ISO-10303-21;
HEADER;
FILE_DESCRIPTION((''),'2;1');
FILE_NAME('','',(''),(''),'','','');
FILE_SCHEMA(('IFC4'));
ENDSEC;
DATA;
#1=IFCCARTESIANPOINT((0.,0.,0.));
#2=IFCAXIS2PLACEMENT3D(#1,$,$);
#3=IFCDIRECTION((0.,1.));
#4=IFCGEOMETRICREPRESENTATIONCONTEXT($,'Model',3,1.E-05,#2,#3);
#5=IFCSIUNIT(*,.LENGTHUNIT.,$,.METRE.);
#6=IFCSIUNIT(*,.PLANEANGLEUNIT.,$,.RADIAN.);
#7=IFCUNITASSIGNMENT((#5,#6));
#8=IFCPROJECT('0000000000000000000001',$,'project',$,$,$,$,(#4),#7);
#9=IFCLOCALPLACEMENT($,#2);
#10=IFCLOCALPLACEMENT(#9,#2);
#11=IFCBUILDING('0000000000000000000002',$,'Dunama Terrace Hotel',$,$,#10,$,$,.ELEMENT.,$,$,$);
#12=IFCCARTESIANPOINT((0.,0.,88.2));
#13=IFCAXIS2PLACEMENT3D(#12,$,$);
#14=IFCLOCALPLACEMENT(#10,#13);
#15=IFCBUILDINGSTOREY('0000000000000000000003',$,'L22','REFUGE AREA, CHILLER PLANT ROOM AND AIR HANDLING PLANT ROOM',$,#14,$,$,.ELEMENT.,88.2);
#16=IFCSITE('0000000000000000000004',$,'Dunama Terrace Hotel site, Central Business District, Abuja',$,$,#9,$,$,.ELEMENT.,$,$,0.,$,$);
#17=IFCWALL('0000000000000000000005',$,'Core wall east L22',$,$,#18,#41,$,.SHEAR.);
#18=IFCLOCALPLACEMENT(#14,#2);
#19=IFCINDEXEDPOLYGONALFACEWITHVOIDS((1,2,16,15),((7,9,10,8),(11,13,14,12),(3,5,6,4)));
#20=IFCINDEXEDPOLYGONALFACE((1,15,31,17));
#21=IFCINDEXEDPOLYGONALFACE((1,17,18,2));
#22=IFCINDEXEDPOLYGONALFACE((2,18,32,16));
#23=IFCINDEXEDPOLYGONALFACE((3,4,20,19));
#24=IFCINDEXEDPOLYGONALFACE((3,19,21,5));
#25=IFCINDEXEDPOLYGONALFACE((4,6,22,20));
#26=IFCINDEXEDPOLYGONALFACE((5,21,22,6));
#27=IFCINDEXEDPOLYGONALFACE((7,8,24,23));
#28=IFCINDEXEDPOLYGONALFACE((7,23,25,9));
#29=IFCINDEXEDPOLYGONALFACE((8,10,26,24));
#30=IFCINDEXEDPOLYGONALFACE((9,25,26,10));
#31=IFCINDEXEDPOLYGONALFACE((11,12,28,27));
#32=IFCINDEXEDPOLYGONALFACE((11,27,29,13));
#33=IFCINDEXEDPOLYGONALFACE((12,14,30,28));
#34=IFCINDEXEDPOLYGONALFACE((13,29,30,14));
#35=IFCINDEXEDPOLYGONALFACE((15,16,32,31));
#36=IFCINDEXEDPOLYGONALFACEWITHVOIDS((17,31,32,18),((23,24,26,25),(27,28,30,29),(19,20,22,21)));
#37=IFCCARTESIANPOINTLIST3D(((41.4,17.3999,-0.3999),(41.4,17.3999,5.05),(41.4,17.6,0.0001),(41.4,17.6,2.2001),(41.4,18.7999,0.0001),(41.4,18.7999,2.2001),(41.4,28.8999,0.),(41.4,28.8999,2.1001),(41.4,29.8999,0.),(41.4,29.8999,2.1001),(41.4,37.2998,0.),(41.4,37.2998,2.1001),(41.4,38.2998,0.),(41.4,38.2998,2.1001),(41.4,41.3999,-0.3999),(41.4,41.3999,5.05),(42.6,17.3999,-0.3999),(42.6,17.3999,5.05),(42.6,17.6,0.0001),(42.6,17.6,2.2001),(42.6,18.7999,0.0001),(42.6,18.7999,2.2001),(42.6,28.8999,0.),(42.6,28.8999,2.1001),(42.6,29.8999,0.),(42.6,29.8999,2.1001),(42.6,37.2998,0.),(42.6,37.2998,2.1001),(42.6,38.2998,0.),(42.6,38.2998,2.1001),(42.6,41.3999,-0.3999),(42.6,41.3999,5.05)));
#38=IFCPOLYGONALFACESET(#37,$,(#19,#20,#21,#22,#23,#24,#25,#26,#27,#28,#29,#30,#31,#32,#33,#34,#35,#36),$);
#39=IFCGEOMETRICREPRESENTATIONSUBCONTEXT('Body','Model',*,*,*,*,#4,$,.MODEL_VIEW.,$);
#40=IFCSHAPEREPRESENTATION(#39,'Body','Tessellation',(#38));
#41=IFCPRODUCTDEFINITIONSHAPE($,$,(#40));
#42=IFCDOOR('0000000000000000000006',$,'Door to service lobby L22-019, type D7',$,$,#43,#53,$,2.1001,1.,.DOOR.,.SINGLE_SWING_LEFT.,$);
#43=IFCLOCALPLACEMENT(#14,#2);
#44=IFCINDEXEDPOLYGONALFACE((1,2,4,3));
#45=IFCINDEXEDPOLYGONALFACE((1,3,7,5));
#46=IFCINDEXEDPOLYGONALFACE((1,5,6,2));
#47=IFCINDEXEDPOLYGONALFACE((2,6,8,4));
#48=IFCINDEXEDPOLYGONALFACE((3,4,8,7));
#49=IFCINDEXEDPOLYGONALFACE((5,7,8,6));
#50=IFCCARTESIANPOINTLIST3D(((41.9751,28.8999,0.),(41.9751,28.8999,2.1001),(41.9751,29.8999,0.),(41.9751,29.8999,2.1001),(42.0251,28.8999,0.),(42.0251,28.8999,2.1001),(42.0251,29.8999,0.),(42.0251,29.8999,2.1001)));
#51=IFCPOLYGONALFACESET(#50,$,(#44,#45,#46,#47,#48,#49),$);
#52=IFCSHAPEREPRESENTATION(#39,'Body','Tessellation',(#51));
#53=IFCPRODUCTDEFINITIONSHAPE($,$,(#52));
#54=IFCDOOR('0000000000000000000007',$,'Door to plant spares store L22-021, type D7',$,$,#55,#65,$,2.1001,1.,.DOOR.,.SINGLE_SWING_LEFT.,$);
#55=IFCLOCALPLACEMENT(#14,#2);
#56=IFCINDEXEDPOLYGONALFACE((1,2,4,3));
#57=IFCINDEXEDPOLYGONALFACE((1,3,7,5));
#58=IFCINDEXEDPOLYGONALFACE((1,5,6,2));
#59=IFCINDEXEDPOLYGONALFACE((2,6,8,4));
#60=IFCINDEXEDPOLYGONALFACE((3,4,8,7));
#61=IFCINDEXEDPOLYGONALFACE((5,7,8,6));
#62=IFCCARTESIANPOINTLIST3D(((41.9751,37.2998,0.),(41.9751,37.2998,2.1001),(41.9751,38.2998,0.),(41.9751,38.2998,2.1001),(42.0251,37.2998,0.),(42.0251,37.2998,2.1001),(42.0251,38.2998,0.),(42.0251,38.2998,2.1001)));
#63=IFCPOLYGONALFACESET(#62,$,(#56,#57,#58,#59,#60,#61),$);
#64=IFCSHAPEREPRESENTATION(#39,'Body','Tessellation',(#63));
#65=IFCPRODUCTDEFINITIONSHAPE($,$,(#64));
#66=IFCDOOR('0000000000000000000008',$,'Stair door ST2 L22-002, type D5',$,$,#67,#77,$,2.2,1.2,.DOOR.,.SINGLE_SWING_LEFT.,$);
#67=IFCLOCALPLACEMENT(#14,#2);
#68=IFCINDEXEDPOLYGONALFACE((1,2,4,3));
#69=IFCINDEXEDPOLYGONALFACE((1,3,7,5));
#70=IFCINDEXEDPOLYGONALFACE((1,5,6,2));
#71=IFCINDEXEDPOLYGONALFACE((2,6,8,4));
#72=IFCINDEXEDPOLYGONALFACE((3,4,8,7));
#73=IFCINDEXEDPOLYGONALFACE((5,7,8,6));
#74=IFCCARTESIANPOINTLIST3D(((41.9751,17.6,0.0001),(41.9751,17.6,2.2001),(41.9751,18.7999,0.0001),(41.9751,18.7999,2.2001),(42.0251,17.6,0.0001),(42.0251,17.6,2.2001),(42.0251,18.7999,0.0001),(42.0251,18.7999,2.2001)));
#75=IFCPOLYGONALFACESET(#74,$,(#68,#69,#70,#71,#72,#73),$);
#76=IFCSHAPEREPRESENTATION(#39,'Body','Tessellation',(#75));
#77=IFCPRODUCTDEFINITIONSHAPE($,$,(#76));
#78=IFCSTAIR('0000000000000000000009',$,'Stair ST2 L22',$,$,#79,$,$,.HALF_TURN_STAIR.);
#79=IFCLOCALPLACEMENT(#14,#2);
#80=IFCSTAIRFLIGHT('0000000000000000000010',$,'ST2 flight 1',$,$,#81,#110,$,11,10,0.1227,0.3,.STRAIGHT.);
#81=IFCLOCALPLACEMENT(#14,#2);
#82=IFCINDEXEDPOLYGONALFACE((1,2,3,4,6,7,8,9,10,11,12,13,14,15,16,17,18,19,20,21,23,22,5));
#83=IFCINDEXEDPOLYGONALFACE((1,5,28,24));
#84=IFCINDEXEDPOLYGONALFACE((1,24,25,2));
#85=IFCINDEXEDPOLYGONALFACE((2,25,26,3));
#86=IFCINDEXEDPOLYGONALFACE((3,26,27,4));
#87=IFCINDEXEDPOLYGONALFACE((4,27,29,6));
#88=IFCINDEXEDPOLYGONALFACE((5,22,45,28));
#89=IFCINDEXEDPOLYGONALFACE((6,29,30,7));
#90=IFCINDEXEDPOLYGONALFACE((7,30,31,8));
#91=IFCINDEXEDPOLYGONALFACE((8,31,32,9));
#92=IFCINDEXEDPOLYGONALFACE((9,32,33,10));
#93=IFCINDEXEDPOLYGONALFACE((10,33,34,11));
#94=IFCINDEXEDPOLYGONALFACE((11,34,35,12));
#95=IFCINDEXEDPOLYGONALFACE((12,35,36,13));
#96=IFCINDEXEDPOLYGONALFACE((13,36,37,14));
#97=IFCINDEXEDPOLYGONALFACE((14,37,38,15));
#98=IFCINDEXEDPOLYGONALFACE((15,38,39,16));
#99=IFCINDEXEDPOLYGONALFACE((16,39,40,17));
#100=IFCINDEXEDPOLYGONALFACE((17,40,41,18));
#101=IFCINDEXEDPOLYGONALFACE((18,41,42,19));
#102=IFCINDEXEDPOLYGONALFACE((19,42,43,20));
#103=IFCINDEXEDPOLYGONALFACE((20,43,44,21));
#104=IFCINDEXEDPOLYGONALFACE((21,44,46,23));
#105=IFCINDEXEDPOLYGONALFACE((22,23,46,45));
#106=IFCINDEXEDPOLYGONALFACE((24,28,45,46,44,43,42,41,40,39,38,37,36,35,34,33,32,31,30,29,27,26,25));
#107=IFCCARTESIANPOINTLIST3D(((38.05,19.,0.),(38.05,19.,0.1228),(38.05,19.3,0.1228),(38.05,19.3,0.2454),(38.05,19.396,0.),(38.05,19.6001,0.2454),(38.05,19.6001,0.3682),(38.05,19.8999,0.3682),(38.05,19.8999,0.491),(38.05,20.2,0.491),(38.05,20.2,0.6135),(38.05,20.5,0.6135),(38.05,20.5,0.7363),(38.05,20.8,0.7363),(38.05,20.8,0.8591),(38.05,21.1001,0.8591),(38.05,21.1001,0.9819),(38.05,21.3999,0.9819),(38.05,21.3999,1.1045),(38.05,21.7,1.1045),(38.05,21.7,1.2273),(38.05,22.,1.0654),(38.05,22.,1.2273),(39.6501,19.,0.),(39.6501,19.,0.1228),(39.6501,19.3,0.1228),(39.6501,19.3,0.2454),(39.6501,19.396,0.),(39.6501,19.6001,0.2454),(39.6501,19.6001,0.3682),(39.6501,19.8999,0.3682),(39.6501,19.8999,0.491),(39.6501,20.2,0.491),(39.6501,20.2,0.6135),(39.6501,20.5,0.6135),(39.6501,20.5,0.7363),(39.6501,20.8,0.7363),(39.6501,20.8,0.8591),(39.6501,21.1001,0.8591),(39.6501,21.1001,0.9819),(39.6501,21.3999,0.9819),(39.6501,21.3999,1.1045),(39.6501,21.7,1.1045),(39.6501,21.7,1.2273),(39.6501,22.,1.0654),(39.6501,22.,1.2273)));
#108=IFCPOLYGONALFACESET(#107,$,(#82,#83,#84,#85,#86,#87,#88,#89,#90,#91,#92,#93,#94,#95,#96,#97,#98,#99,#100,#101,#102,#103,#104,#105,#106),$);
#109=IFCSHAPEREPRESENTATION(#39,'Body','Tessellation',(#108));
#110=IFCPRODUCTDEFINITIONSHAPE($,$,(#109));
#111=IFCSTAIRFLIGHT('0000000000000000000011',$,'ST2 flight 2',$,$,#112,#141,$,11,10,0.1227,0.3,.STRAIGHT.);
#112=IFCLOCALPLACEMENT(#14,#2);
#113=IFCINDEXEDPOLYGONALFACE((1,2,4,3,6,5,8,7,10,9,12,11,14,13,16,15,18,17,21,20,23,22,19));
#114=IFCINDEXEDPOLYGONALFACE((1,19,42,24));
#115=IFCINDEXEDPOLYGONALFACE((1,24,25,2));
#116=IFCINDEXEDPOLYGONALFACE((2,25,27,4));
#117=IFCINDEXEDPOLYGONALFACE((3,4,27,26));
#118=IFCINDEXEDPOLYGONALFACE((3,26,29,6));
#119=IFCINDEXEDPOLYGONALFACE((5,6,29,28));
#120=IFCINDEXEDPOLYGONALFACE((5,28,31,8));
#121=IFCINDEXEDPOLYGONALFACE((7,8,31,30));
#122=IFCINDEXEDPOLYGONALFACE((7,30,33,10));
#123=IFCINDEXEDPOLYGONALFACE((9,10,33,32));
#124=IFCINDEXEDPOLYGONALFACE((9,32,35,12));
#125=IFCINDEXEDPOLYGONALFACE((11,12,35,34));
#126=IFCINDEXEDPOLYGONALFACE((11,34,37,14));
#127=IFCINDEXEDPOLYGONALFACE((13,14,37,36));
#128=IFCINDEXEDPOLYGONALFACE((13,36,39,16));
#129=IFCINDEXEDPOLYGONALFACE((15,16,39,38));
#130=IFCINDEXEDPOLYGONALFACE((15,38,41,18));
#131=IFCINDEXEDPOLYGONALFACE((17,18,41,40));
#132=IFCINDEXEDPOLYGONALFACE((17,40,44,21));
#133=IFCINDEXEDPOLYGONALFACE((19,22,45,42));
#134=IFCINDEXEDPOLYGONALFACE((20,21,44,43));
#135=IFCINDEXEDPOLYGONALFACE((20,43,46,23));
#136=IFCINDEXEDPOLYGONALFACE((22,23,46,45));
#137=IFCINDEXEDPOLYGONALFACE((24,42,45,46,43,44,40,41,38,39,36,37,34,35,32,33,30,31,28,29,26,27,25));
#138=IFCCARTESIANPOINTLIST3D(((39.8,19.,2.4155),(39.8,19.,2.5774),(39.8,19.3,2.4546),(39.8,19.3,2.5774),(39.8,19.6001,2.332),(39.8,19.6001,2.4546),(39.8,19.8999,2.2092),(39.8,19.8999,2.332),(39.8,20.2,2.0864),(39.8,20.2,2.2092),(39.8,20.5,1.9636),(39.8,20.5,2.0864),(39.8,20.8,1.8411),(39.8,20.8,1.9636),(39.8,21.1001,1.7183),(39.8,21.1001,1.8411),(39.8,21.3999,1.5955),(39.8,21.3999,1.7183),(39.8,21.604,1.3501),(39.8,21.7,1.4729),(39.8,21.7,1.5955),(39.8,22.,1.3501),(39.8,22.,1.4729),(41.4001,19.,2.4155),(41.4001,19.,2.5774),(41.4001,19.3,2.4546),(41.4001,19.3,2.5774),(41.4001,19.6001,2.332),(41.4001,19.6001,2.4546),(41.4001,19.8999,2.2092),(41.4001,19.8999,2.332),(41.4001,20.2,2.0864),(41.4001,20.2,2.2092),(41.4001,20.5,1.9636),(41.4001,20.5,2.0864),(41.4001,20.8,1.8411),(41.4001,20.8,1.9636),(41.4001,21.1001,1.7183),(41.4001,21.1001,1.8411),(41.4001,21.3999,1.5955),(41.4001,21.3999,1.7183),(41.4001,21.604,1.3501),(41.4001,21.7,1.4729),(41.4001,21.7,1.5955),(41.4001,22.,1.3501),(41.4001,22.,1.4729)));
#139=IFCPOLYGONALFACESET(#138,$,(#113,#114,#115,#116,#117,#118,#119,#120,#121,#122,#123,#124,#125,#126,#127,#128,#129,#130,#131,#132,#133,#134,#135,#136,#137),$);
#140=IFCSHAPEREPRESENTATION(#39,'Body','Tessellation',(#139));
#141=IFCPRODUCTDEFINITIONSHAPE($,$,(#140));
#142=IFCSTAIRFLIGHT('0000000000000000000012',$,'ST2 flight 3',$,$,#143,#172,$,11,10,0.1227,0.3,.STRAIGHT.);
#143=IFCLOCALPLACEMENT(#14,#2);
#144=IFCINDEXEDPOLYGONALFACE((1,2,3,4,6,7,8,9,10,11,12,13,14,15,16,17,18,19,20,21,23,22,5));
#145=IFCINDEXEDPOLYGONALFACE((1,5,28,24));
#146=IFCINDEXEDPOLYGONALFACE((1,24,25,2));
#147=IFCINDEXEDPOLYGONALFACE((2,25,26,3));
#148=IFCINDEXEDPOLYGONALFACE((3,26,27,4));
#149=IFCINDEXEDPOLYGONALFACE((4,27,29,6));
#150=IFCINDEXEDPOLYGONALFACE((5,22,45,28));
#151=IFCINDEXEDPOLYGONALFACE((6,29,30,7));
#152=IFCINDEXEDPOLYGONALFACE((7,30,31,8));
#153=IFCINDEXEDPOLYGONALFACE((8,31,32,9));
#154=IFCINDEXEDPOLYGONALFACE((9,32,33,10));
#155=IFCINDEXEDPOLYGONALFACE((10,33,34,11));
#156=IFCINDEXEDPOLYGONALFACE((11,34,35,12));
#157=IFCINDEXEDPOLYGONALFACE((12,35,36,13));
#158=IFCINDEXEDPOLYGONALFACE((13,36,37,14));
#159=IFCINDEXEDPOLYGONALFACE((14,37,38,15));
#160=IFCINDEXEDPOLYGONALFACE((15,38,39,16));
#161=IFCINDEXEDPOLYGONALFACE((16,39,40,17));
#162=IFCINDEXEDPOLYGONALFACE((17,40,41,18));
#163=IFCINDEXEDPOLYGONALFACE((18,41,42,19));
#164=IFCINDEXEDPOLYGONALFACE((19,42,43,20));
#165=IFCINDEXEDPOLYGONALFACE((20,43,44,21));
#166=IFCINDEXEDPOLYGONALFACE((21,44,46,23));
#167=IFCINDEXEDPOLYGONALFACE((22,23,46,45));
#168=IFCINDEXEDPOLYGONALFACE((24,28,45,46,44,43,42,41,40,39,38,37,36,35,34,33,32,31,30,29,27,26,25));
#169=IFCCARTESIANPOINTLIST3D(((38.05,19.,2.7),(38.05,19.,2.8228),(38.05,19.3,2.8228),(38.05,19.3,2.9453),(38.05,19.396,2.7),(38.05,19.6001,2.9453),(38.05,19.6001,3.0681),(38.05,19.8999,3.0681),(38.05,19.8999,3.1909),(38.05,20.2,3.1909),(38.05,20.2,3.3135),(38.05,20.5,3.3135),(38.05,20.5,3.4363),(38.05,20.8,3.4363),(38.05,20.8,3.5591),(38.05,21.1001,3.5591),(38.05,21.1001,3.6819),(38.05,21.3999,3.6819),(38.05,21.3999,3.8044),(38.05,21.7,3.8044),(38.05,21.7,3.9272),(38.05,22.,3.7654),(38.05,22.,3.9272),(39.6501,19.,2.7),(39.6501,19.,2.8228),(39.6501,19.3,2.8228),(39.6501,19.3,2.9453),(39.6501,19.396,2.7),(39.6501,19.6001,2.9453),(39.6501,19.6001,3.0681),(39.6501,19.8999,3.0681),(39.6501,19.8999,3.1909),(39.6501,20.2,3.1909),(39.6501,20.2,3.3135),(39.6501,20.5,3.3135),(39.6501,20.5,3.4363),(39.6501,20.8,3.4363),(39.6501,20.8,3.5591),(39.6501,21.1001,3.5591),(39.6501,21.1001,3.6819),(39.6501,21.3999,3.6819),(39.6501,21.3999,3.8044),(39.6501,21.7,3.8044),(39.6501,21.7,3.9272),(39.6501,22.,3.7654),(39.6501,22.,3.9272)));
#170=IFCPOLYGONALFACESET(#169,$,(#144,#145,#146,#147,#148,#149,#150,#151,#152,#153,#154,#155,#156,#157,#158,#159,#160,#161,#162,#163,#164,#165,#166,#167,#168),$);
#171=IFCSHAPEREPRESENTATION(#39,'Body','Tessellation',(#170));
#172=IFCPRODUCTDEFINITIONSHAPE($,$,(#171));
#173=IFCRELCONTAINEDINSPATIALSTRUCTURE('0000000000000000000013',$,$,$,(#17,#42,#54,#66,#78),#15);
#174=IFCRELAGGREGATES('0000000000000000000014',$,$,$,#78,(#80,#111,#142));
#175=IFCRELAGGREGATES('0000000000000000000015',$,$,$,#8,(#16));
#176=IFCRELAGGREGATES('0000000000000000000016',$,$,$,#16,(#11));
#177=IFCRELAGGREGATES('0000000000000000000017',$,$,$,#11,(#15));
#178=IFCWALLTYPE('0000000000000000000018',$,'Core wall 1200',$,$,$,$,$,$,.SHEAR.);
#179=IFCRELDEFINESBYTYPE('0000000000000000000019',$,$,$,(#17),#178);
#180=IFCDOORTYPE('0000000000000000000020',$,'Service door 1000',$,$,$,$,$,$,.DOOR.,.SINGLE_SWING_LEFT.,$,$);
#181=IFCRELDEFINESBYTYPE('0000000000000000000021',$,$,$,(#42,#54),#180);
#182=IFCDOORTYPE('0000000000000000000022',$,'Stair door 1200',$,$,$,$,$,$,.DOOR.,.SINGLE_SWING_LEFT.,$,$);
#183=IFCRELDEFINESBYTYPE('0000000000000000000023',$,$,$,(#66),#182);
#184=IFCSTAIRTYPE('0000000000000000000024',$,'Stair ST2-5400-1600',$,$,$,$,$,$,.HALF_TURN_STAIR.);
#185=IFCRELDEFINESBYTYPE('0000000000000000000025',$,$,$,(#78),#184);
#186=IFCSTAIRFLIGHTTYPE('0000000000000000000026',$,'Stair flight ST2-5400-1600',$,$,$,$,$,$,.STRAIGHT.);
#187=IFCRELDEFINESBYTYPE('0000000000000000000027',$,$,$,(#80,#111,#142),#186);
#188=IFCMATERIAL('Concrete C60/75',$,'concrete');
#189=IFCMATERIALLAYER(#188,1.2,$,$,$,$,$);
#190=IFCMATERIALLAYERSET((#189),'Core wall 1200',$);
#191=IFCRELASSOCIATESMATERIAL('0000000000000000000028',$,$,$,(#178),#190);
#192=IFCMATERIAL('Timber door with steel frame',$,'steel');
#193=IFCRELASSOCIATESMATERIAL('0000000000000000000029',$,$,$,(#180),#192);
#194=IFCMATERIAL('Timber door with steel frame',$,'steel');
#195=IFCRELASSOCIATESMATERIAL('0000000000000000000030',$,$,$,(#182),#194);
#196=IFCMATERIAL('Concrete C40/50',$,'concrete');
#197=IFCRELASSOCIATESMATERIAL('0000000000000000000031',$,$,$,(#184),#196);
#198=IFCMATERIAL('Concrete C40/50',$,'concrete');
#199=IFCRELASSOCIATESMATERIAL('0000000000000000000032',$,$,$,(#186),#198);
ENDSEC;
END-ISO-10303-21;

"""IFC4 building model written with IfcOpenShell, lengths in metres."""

from ifc_helpers import new_model, si_unit, direction, frame, frame_2d, origin, place, context, subcontext, project, spatial, polyline, rectangle, outline, extrude, material, layer, layer_set, type_object, element, fill, aggregate, save


model = new_model("IFC4")

# Units and contexts
model_context = context("Model", 3, precision=1e-05, world=origin(), true_north=direction((0.0, 1.0)))
body_context = subcontext(model_context, "Body", "Model", "MODEL_VIEW")
ifc_project = project(units=[si_unit("LENGTHUNIT", "METRE"), si_unit("PLANEANGLEUNIT", "RADIAN")], contexts=[model_context])

# Site, building, storey
site_placement = place(None, origin())
site = spatial("IfcSite", under=ifc_project, at=site_placement, Name="Dunama Terrace Hotel site, Central Business District, Abuja", CompositionType="ELEMENT", RefElevation=0.0)
building_placement = place(site_placement, origin())
building = spatial("IfcBuilding", under=site, at=building_placement, Name="Dunama Terrace Hotel", CompositionType="ELEMENT")
storey_placement = place(building_placement, frame((0.0, 0.0, 88.2)))
storey = spatial("IfcBuildingStorey", under=building, at=storey_placement, Name="L22", Description="REFUGE AREA, CHILLER PLANT ROOM AND AIR HANDLING PLANT ROOM", CompositionType="ELEMENT", Elevation=88.2)

# Wall, openings, doors
ifc_material_1 = material(Name="Concrete C60/75", Category="concrete")
ifc_layer_1 = layer(ifc_material_1, 1.2)
ifc_layer_set_1 = layer_set([ifc_layer_1], Name="Core wall 1200")
wall_type_1 = type_object("IfcWallType", Name="Core wall 1200", PredefinedType="SHEAR", material=ifc_layer_set_1)
wall_1_placement = place(storey_placement, frame((42.0, 17.3999, -0.3999), z_axis=(0.0, 0.0, 1.0), x_axis=(0.0, 1.0, 0.0)))
wall_1 = element("IfcWall", 1, at=wall_1_placement, inside=storey, type_object=wall_type_1, Name="Core wall east L22", PredefinedType="SHEAR", context=body_context, shape_type="SweptSolid", body=[
    extrude(rectangle(XDim=24.0, YDim=1.2, at=frame_2d((12.0, 0.0))), origin(), (0.0, 0.0, 1.0), 5.45),
])
opening_1_placement = place(wall_1_placement, frame((0.2, 0.0, 0.3999)))
opening_1 = element("IfcOpeningElement", 2, at=opening_1_placement, cuts=wall_1, PredefinedType="OPENING", context=body_context, shape_type="SweptSolid", body=[
    extrude(rectangle(XDim=1.2, YDim=2.2, at=frame_2d((0.6001, 1.1001))), frame((0.0, 0.6099, 0.0), z_axis=(0.0, -1.0, 0.0), x_axis=(1.0, 0.0, 0.0)), (0.0, 0.0, 1.0), 1.22),
])
opening_2_placement = place(wall_1_placement, frame((11.5, 0.0, 0.3999)))
opening_2 = element("IfcOpeningElement", 3, at=opening_2_placement, cuts=wall_1, PredefinedType="OPENING", context=body_context, shape_type="SweptSolid", body=[
    extrude(rectangle(XDim=1.0, YDim=2.1001, at=frame_2d((0.5, 1.05))), frame((0.0, 0.6099, 0.0), z_axis=(0.0, -1.0, 0.0), x_axis=(1.0, 0.0, 0.0)), (0.0, 0.0, 1.0), 1.22),
])
opening_3_placement = place(wall_1_placement, frame((19.8999, 0.0, 0.3999)))
opening_3 = element("IfcOpeningElement", 4, at=opening_3_placement, cuts=wall_1, PredefinedType="OPENING", context=body_context, shape_type="SweptSolid", body=[
    extrude(rectangle(XDim=1.0, YDim=2.1001, at=frame_2d((0.5, 1.05))), frame((0.0, 0.6099, 0.0), z_axis=(0.0, -1.0, 0.0), x_axis=(1.0, 0.0, 0.0)), (0.0, 0.0, 1.0), 1.22),
])
ifc_material_2 = material(Name="Timber door with steel frame", Category="steel")
door_type_1 = type_object("IfcDoorType", Name="Service door 1000", OperationType="SINGLE_SWING_LEFT", PredefinedType="DOOR", material=ifc_material_2)
door_1_placement = place(opening_2_placement, origin())
door_1 = element("IfcDoor", 5, at=door_1_placement, inside=storey, type_object=door_type_1, Name="Door to service lobby L22-019, type D7", OperationType="SINGLE_SWING_LEFT", OverallHeight=2.1001, OverallWidth=1.0, PredefinedType="DOOR", context=body_context, shape_type="SweptSolid", body=[
    extrude(rectangle(XDim=1.0, YDim=2.1001, at=frame_2d((0.5, 1.05))), frame((0.0, 0.0249, 0.0), z_axis=(0.0, -1.0, 0.0), x_axis=(1.0, 0.0, 0.0)), (0.0, 0.0, 1.0), 0.05),
])
fill(opening_2, door_1)
door_2_placement = place(opening_3_placement, origin())
door_2 = element("IfcDoor", 6, at=door_2_placement, inside=storey, type_object=door_type_1, Name="Door to plant spares store L22-021, type D7", OperationType="SINGLE_SWING_LEFT", OverallHeight=2.1001, OverallWidth=1.0, PredefinedType="DOOR", context=body_context, shape_type="SweptSolid", body=[
    extrude(rectangle(XDim=1.0, YDim=2.1001, at=frame_2d((0.5, 1.05))), frame((0.0, 0.0249, 0.0), z_axis=(0.0, -1.0, 0.0), x_axis=(1.0, 0.0, 0.0)), (0.0, 0.0, 1.0), 0.05),
])
fill(opening_3, door_2)
ifc_material_3 = material(Name="Timber door with steel frame", Category="steel")
door_type_2 = type_object("IfcDoorType", Name="Stair door 1200", OperationType="SINGLE_SWING_LEFT", PredefinedType="DOOR", material=ifc_material_3)
door_3_placement = place(opening_1_placement, origin())
door_3 = element("IfcDoor", 7, at=door_3_placement, inside=storey, type_object=door_type_2, Name="Stair door ST2 L22-002, type D5", OperationType="SINGLE_SWING_LEFT", OverallHeight=2.2, OverallWidth=1.2, PredefinedType="DOOR", context=body_context, shape_type="SweptSolid", body=[
    extrude(rectangle(XDim=1.2, YDim=2.2, at=frame_2d((0.6001, 1.1001))), frame((0.0, 0.0249, 0.0), z_axis=(0.0, -1.0, 0.0), x_axis=(1.0, 0.0, 0.0)), (0.0, 0.0, 1.0), 0.05),
])
fill(opening_1, door_3)

# Stair, stair flights
ifc_material_4 = material(Name="Concrete C40/50", Category="concrete")
stair_type = type_object("IfcStairType", Name="Stair ST2-5400-1600", PredefinedType="HALF_TURN_STAIR", material=ifc_material_4)
stair_placement = place(storey_placement, origin())
stair = element("IfcStair", 8, at=stair_placement, inside=storey, type_object=stair_type, Name="Stair ST2 L22", PredefinedType="HALF_TURN_STAIR")
ifc_material_5 = material(Name="Concrete C40/50", Category="concrete")
stair_flight_type = type_object("IfcStairFlightType", Name="Stair flight ST2-5400-1600", PredefinedType="STRAIGHT", material=ifc_material_5)
stair_flight_1_placement = place(storey_placement, frame((38.8501, 19.0, 0.0), z_axis=(0.0, 0.0, 1.0), x_axis=(0.0, 1.0, 0.0)))
stair_flight_1 = element("IfcStairFlight", 9, at=stair_flight_1_placement, type_object=stair_flight_type, Name="ST2 flight 1", NumberOfRisers=11, NumberOfTreads=10, PredefinedType="STRAIGHT", RiserHeight=0.1227, TreadLength=0.3, context=body_context, shape_type="SweptSolid", body=[
    extrude(outline(polyline([(0.0, 0.0), (0.0, 0.1228), (0.3, 0.1228), (0.3, 0.2454), (0.6001, 0.2454), (0.6001, 0.3682), (0.8999, 0.3682), (0.8999, 0.491), (1.2, 0.491), (1.2, 0.6135), (1.5, 0.6135), (1.5, 0.7363), (1.8, 0.7363), (1.8, 0.8591), (2.1001, 0.8591), (2.1001, 0.9819), (2.3999, 0.9819), (2.3999, 1.1045), (2.7, 1.1045), (2.7, 1.2273), (3.0, 1.2273), (3.0, 1.3501), (3.0, 1.0654), (0.396, 0.0), (0.0, 0.0)])), frame((0.0, 0.8, 0.0), z_axis=(0.0, -1.0, 0.0), x_axis=(1.0, 0.0, 0.0)), (0.0, 0.0, 1.0), 1.6001),
])
stair_flight_2_placement = place(storey_placement, frame((40.6001, 22.0, 1.3501), z_axis=(0.0, 0.0, 1.0), x_axis=(0.0, -1.0, 0.0)))
stair_flight_2 = element("IfcStairFlight", 10, at=stair_flight_2_placement, type_object=stair_flight_type, Name="ST2 flight 2", NumberOfRisers=11, NumberOfTreads=10, PredefinedType="STRAIGHT", RiserHeight=0.1227, TreadLength=0.3, context=body_context, shape_type="SweptSolid", body=[
    extrude(outline(polyline([(0.0, 0.0), (0.0, 0.1228), (0.3, 0.1228), (0.3, 0.2454), (0.6001, 0.2454), (0.6001, 0.3682), (0.8999, 0.3682), (0.8999, 0.491), (1.2, 0.491), (1.2, 0.6135), (1.5, 0.6135), (1.5, 0.7363), (1.8, 0.7363), (1.8, 0.8591), (2.1001, 0.8591), (2.1001, 0.9819), (2.3999, 0.9819), (2.3999, 1.1045), (2.7, 1.1045), (2.7, 1.2273), (3.0, 1.2273), (3.0, 1.3501), (3.0, 1.0654), (0.396, 0.0), (0.0, 0.0)])), frame((0.0, 0.8, 0.0), z_axis=(0.0, -1.0, 0.0), x_axis=(1.0, 0.0, 0.0)), (0.0, 0.0, 1.0), 1.6001),
])
stair_flight_3_placement = place(storey_placement, frame((38.8501, 19.0, 2.7), z_axis=(0.0, 0.0, 1.0), x_axis=(0.0, 1.0, 0.0)))
stair_flight_3 = element("IfcStairFlight", 11, at=stair_flight_3_placement, type_object=stair_flight_type, Name="ST2 flight 3", NumberOfRisers=11, NumberOfTreads=10, PredefinedType="STRAIGHT", RiserHeight=0.1227, TreadLength=0.3, context=body_context, shape_type="SweptSolid", body=[
    extrude(outline(polyline([(0.0, 0.0), (0.0, 0.1228), (0.3, 0.1228), (0.3, 0.2454), (0.6001, 0.2454), (0.6001, 0.3682), (0.8999, 0.3682), (0.8999, 0.491), (1.2, 0.491), (1.2, 0.6135), (1.5, 0.6135), (1.5, 0.7363), (1.8, 0.7363), (1.8, 0.8591), (2.1001, 0.8591), (2.1001, 0.9819), (2.3999, 0.9819), (2.3999, 1.1045), (2.7, 1.1045), (2.7, 1.2273), (3.0, 1.2273), (3.0, 1.3501), (3.0, 1.0654), (0.396, 0.0), (0.0, 0.0)])), frame((0.0, 0.8, 0.0), z_axis=(0.0, -1.0, 0.0), x_axis=(1.0, 0.0, 0.0)), (0.0, 0.0, 1.0), 1.6001),
])
aggregate(stair, [stair_flight_1, stair_flight_2, stair_flight_3])

save(model, "model.ifc")
